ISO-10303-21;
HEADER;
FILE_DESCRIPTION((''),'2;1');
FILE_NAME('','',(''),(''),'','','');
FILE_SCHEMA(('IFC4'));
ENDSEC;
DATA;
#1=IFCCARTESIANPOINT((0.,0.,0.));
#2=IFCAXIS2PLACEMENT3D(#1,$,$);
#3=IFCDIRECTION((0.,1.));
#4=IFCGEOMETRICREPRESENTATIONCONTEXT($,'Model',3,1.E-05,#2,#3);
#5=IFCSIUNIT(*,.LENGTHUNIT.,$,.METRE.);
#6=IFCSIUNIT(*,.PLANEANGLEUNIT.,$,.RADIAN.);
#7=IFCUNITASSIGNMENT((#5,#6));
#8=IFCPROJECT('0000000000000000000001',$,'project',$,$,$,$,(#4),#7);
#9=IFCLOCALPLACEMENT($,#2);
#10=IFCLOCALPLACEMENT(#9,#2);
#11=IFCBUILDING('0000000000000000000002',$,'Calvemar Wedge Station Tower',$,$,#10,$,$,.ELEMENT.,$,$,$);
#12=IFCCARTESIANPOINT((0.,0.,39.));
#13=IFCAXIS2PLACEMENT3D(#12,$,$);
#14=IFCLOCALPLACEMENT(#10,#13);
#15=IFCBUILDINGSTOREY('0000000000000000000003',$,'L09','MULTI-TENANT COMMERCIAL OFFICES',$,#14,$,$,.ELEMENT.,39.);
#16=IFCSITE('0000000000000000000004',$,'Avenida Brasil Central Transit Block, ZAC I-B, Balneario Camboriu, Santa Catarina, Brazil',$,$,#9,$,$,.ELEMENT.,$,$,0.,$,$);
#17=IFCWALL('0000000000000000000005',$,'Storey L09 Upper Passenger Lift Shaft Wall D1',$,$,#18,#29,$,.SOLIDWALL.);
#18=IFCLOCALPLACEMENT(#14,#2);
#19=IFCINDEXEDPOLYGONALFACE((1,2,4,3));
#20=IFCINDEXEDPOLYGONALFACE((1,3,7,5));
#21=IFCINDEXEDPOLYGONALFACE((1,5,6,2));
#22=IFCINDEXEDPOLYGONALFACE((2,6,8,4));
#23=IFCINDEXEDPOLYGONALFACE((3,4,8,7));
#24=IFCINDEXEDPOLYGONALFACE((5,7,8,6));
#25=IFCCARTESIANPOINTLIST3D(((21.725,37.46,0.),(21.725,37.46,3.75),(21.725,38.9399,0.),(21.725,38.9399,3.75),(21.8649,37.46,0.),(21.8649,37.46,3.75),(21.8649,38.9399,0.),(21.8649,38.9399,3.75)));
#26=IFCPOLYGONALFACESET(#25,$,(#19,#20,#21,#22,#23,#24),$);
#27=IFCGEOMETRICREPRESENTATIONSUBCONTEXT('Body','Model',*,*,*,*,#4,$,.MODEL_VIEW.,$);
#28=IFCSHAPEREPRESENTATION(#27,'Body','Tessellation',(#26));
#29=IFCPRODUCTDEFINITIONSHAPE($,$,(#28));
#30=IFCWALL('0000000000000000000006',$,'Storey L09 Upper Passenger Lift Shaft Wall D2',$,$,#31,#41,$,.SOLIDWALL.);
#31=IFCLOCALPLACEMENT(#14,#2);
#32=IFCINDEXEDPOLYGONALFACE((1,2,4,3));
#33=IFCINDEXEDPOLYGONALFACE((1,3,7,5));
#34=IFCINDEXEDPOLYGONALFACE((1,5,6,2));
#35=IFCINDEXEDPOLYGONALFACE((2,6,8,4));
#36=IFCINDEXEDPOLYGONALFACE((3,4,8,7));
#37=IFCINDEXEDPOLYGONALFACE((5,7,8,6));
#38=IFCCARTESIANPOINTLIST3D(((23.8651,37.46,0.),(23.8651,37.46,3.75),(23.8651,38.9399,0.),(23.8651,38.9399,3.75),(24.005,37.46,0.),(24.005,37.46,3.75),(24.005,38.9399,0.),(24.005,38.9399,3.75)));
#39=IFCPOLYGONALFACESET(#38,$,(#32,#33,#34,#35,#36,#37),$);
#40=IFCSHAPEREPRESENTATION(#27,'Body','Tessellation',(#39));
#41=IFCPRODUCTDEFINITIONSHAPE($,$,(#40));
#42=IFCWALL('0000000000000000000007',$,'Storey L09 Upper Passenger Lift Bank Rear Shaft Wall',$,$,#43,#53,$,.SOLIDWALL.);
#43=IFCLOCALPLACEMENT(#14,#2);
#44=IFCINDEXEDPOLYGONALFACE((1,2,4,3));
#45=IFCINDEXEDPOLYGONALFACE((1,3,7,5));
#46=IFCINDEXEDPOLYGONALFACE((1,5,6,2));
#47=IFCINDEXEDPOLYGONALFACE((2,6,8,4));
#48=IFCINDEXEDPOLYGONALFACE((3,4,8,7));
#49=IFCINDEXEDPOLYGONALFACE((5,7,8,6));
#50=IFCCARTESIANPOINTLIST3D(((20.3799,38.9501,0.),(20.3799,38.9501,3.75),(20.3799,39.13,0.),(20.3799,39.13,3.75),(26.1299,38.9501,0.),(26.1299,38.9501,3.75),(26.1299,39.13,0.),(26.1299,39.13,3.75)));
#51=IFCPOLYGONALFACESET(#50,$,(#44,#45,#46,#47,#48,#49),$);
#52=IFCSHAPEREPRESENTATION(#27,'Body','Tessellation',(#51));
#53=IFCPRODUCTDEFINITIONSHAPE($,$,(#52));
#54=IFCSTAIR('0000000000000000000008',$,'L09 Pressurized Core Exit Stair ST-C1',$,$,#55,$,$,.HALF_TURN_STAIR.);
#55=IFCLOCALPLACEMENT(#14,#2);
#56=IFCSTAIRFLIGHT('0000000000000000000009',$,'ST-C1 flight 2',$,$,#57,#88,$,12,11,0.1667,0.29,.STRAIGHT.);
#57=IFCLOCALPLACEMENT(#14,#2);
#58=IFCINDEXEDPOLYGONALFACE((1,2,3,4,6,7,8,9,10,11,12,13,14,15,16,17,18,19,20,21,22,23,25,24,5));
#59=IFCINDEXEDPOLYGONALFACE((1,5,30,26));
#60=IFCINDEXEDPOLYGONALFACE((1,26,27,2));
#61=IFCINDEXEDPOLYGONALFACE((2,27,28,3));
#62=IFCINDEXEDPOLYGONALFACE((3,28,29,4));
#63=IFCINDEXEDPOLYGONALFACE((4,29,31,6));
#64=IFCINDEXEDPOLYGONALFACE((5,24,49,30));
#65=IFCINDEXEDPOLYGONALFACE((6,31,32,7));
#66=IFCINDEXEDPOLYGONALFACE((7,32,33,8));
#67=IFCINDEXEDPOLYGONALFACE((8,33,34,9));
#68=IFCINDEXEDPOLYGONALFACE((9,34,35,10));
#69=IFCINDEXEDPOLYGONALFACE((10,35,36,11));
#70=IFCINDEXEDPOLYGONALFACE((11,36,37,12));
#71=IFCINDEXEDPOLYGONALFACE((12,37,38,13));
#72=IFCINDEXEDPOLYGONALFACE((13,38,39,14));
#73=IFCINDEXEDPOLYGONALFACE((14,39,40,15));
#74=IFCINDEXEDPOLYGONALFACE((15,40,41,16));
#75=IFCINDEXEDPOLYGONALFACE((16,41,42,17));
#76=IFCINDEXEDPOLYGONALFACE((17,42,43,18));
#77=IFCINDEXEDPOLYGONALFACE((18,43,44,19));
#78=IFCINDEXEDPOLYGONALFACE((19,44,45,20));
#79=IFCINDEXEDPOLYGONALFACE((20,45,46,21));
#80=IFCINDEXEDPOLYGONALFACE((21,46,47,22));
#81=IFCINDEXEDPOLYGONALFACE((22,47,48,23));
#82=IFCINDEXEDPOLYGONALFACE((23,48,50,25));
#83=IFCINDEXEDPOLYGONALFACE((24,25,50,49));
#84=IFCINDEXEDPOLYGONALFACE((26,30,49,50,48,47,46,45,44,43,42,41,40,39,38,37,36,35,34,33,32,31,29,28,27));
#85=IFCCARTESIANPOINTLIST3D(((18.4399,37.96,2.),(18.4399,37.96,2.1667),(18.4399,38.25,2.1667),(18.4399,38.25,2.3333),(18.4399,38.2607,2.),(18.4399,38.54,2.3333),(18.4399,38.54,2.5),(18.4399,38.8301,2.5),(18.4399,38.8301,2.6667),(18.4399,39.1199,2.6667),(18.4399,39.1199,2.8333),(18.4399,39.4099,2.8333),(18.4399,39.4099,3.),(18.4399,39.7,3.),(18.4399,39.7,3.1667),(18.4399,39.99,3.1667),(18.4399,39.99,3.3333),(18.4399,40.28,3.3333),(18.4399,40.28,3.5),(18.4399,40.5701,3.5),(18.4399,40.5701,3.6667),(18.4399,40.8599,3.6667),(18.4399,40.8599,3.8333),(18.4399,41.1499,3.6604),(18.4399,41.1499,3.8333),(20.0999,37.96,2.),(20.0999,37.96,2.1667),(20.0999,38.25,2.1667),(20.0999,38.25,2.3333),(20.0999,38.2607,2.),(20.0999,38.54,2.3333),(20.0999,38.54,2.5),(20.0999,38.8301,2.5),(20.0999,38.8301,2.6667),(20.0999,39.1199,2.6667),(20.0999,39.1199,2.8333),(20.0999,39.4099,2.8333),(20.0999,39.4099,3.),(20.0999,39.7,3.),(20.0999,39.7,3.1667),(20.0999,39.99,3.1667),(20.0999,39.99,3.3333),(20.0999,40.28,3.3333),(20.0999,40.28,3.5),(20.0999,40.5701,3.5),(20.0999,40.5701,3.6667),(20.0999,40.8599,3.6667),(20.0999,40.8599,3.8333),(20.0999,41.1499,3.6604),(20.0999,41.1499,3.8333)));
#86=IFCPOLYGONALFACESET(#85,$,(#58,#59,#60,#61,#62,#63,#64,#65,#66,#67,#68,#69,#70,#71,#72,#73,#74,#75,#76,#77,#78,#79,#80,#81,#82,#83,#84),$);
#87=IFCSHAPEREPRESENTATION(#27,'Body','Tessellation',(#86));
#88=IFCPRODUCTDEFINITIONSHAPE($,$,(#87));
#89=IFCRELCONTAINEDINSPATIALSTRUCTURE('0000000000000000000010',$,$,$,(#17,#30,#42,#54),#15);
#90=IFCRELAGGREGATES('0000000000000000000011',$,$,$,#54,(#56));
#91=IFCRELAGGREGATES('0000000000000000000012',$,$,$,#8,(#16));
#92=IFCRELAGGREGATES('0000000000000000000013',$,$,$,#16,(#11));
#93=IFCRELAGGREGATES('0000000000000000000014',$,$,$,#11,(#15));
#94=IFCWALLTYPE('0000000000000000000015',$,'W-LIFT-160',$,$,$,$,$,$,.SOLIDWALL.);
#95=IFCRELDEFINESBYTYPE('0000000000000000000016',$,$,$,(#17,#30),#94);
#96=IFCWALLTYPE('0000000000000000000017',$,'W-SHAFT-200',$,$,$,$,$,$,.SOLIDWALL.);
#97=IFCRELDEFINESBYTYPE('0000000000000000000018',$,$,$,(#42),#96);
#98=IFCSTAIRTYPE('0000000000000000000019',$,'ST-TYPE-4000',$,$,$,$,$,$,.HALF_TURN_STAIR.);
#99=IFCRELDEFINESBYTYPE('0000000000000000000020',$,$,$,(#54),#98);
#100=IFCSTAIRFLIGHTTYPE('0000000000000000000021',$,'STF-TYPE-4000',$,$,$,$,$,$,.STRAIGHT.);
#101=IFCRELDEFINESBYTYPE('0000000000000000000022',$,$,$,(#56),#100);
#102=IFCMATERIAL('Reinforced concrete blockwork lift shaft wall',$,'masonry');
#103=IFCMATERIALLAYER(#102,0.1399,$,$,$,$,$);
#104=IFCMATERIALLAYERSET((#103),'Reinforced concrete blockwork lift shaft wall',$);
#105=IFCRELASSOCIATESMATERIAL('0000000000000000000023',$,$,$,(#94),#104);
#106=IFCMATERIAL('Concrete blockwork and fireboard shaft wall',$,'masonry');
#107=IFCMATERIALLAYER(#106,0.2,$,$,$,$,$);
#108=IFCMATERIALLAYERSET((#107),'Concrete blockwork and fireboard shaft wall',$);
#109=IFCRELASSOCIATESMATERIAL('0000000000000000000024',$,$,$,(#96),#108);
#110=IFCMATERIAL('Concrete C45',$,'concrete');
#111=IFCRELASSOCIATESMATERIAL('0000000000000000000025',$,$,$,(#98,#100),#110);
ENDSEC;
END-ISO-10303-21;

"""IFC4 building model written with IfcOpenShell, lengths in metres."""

from ifc_helpers import new_model, si_unit, direction, frame, frame_2d, origin, place, context, subcontext, project, spatial, polyline, rectangle, outline, extrude, material, layer, layer_set, type_object, element, aggregate, save


model = new_model("IFC4")

# Units and contexts
model_context = context("Model", 3, precision=1e-05, world=origin(), true_north=direction((0.0, 1.0)))
body_context = subcontext(model_context, "Body", "Model", "MODEL_VIEW")
ifc_project = project(units=[si_unit("LENGTHUNIT", "METRE"), si_unit("PLANEANGLEUNIT", "RADIAN")], contexts=[model_context])

# Site, building, storey
site_placement = place(None, origin())
site = spatial("IfcSite", under=ifc_project, at=site_placement, Name="Avenida Brasil Central Transit Block, ZAC I-B, Balneario Camboriu, Santa Catarina, Brazil", CompositionType="ELEMENT", RefElevation=0.0)
building_placement = place(site_placement, origin())
building = spatial("IfcBuilding", under=site, at=building_placement, Name="Calvemar Wedge Station Tower", CompositionType="ELEMENT")
storey_placement = place(building_placement, frame((0.0, 0.0, 39.0)))
storey = spatial("IfcBuildingStorey", under=building, at=storey_placement, Name="L09", Description="MULTI-TENANT COMMERCIAL OFFICES", CompositionType="ELEMENT", Elevation=39.0)

# Shared definitions
ifc_material_1 = material(Name="Reinforced concrete blockwork lift shaft wall", Category="masonry")
ifc_layer_1 = layer(ifc_material_1, 0.1399)
ifc_layer_set_1 = layer_set([ifc_layer_1], Name="Reinforced concrete blockwork lift shaft wall")
wall_type_1 = type_object("IfcWallType", Name="W-LIFT-160", PredefinedType="SOLIDWALL", material=ifc_layer_set_1)

# Walls
for number, where, z_axis, x_axis, name in (
    (1, (21.7949, 37.46, 0.0), (0.0, 0.0, 1.0), (0.0, 1.0, 0.0), "Storey L09 Upper Passenger Lift Shaft Wall D1"),
    (2, (23.9351, 37.46, 0.0), (0.0, 0.0, 1.0), (0.0, 1.0, 0.0), "Storey L09 Upper Passenger Lift Shaft Wall D2"),
):
    element("IfcWall", number, at=place(storey_placement, frame(where, z_axis=z_axis, x_axis=x_axis)), inside=storey, type_object=wall_type_1, Name=name, PredefinedType="SOLIDWALL", context=body_context, shape_type="SweptSolid", body=[
        extrude(rectangle(XDim=1.48, YDim=0.1399, at=frame_2d((0.74, 0.0))), origin(), (0.0, 0.0, 1.0), 3.75),
    ])
ifc_material_2 = material(Name="Concrete blockwork and fireboard shaft wall", Category="masonry")
ifc_layer_2 = layer(ifc_material_2, 0.2)
ifc_layer_set_2 = layer_set([ifc_layer_2], Name="Concrete blockwork and fireboard shaft wall")
wall_type_2 = type_object("IfcWallType", Name="W-SHAFT-200", PredefinedType="SOLIDWALL", material=ifc_layer_set_2)
wall_1_placement = place(storey_placement, frame((20.3799, 39.04, 0.0), z_axis=(0.0, 0.0, 1.0), x_axis=(1.0, 0.0, 0.0)))
element("IfcWall", 3, at=wall_1_placement, inside=storey, type_object=wall_type_2, Name="Storey L09 Upper Passenger Lift Bank Rear Shaft Wall", PredefinedType="SOLIDWALL", context=body_context, shape_type="SweptSolid", body=[
    extrude(rectangle(XDim=5.75, YDim=0.1799, at=frame_2d((2.875, 0.0))), origin(), (0.0, 0.0, 1.0), 3.75),
])

# Stair, stair flight
ifc_material_3 = material(Name="Concrete C45", Category="concrete")
stair_type = type_object("IfcStairType", Name="ST-TYPE-4000", PredefinedType="HALF_TURN_STAIR", material=ifc_material_3)
stair_placement = place(storey_placement, origin())
stair = element("IfcStair", 4, at=stair_placement, inside=storey, type_object=stair_type, Name="L09 Pressurized Core Exit Stair ST-C1", PredefinedType="HALF_TURN_STAIR")
stair_flight_type = type_object("IfcStairFlightType", Name="STF-TYPE-4000", PredefinedType="STRAIGHT", material=ifc_material_3)
stair_flight_placement = place(storey_placement, frame((19.27, 37.96, 2.0), z_axis=(0.0, 0.0, 1.0), x_axis=(0.0, 1.0, 0.0)))
stair_flight = element("IfcStairFlight", 5, at=stair_flight_placement, type_object=stair_flight_type, Name="ST-C1 flight 2", NumberOfRisers=12, NumberOfTreads=11, PredefinedType="STRAIGHT", RiserHeight=0.1667, TreadLength=0.29, context=body_context, shape_type="SweptSolid", body=[
    extrude(outline(polyline([(0.0, 0.0), (0.0, 0.1667), (0.29, 0.1667), (0.29, 0.3333), (0.5801, 0.3333), (0.5801, 0.5), (0.8701, 0.5), (0.8701, 0.6667), (1.1599, 0.6667), (1.1599, 0.8333), (1.45, 0.8333), (1.45, 1.0), (1.74, 1.0), (1.74, 1.1667), (2.03, 1.1667), (2.03, 1.3333), (2.3201, 1.3333), (2.3201, 1.5), (2.6101, 1.5), (2.6101, 1.6667), (2.8999, 1.6667), (2.8999, 1.8333), (3.1899, 1.8333), (3.1899, 2.0), (3.1899, 1.6604), (0.3008, 0.0), (0.0, 0.0)])), frame((0.0, 0.8301, 0.0), z_axis=(0.0, -1.0, 0.0), x_axis=(1.0, 0.0, 0.0)), (0.0, 0.0, 1.0), 1.6599),
])
aggregate(stair, [stair_flight])

save(model, "model.ifc")
